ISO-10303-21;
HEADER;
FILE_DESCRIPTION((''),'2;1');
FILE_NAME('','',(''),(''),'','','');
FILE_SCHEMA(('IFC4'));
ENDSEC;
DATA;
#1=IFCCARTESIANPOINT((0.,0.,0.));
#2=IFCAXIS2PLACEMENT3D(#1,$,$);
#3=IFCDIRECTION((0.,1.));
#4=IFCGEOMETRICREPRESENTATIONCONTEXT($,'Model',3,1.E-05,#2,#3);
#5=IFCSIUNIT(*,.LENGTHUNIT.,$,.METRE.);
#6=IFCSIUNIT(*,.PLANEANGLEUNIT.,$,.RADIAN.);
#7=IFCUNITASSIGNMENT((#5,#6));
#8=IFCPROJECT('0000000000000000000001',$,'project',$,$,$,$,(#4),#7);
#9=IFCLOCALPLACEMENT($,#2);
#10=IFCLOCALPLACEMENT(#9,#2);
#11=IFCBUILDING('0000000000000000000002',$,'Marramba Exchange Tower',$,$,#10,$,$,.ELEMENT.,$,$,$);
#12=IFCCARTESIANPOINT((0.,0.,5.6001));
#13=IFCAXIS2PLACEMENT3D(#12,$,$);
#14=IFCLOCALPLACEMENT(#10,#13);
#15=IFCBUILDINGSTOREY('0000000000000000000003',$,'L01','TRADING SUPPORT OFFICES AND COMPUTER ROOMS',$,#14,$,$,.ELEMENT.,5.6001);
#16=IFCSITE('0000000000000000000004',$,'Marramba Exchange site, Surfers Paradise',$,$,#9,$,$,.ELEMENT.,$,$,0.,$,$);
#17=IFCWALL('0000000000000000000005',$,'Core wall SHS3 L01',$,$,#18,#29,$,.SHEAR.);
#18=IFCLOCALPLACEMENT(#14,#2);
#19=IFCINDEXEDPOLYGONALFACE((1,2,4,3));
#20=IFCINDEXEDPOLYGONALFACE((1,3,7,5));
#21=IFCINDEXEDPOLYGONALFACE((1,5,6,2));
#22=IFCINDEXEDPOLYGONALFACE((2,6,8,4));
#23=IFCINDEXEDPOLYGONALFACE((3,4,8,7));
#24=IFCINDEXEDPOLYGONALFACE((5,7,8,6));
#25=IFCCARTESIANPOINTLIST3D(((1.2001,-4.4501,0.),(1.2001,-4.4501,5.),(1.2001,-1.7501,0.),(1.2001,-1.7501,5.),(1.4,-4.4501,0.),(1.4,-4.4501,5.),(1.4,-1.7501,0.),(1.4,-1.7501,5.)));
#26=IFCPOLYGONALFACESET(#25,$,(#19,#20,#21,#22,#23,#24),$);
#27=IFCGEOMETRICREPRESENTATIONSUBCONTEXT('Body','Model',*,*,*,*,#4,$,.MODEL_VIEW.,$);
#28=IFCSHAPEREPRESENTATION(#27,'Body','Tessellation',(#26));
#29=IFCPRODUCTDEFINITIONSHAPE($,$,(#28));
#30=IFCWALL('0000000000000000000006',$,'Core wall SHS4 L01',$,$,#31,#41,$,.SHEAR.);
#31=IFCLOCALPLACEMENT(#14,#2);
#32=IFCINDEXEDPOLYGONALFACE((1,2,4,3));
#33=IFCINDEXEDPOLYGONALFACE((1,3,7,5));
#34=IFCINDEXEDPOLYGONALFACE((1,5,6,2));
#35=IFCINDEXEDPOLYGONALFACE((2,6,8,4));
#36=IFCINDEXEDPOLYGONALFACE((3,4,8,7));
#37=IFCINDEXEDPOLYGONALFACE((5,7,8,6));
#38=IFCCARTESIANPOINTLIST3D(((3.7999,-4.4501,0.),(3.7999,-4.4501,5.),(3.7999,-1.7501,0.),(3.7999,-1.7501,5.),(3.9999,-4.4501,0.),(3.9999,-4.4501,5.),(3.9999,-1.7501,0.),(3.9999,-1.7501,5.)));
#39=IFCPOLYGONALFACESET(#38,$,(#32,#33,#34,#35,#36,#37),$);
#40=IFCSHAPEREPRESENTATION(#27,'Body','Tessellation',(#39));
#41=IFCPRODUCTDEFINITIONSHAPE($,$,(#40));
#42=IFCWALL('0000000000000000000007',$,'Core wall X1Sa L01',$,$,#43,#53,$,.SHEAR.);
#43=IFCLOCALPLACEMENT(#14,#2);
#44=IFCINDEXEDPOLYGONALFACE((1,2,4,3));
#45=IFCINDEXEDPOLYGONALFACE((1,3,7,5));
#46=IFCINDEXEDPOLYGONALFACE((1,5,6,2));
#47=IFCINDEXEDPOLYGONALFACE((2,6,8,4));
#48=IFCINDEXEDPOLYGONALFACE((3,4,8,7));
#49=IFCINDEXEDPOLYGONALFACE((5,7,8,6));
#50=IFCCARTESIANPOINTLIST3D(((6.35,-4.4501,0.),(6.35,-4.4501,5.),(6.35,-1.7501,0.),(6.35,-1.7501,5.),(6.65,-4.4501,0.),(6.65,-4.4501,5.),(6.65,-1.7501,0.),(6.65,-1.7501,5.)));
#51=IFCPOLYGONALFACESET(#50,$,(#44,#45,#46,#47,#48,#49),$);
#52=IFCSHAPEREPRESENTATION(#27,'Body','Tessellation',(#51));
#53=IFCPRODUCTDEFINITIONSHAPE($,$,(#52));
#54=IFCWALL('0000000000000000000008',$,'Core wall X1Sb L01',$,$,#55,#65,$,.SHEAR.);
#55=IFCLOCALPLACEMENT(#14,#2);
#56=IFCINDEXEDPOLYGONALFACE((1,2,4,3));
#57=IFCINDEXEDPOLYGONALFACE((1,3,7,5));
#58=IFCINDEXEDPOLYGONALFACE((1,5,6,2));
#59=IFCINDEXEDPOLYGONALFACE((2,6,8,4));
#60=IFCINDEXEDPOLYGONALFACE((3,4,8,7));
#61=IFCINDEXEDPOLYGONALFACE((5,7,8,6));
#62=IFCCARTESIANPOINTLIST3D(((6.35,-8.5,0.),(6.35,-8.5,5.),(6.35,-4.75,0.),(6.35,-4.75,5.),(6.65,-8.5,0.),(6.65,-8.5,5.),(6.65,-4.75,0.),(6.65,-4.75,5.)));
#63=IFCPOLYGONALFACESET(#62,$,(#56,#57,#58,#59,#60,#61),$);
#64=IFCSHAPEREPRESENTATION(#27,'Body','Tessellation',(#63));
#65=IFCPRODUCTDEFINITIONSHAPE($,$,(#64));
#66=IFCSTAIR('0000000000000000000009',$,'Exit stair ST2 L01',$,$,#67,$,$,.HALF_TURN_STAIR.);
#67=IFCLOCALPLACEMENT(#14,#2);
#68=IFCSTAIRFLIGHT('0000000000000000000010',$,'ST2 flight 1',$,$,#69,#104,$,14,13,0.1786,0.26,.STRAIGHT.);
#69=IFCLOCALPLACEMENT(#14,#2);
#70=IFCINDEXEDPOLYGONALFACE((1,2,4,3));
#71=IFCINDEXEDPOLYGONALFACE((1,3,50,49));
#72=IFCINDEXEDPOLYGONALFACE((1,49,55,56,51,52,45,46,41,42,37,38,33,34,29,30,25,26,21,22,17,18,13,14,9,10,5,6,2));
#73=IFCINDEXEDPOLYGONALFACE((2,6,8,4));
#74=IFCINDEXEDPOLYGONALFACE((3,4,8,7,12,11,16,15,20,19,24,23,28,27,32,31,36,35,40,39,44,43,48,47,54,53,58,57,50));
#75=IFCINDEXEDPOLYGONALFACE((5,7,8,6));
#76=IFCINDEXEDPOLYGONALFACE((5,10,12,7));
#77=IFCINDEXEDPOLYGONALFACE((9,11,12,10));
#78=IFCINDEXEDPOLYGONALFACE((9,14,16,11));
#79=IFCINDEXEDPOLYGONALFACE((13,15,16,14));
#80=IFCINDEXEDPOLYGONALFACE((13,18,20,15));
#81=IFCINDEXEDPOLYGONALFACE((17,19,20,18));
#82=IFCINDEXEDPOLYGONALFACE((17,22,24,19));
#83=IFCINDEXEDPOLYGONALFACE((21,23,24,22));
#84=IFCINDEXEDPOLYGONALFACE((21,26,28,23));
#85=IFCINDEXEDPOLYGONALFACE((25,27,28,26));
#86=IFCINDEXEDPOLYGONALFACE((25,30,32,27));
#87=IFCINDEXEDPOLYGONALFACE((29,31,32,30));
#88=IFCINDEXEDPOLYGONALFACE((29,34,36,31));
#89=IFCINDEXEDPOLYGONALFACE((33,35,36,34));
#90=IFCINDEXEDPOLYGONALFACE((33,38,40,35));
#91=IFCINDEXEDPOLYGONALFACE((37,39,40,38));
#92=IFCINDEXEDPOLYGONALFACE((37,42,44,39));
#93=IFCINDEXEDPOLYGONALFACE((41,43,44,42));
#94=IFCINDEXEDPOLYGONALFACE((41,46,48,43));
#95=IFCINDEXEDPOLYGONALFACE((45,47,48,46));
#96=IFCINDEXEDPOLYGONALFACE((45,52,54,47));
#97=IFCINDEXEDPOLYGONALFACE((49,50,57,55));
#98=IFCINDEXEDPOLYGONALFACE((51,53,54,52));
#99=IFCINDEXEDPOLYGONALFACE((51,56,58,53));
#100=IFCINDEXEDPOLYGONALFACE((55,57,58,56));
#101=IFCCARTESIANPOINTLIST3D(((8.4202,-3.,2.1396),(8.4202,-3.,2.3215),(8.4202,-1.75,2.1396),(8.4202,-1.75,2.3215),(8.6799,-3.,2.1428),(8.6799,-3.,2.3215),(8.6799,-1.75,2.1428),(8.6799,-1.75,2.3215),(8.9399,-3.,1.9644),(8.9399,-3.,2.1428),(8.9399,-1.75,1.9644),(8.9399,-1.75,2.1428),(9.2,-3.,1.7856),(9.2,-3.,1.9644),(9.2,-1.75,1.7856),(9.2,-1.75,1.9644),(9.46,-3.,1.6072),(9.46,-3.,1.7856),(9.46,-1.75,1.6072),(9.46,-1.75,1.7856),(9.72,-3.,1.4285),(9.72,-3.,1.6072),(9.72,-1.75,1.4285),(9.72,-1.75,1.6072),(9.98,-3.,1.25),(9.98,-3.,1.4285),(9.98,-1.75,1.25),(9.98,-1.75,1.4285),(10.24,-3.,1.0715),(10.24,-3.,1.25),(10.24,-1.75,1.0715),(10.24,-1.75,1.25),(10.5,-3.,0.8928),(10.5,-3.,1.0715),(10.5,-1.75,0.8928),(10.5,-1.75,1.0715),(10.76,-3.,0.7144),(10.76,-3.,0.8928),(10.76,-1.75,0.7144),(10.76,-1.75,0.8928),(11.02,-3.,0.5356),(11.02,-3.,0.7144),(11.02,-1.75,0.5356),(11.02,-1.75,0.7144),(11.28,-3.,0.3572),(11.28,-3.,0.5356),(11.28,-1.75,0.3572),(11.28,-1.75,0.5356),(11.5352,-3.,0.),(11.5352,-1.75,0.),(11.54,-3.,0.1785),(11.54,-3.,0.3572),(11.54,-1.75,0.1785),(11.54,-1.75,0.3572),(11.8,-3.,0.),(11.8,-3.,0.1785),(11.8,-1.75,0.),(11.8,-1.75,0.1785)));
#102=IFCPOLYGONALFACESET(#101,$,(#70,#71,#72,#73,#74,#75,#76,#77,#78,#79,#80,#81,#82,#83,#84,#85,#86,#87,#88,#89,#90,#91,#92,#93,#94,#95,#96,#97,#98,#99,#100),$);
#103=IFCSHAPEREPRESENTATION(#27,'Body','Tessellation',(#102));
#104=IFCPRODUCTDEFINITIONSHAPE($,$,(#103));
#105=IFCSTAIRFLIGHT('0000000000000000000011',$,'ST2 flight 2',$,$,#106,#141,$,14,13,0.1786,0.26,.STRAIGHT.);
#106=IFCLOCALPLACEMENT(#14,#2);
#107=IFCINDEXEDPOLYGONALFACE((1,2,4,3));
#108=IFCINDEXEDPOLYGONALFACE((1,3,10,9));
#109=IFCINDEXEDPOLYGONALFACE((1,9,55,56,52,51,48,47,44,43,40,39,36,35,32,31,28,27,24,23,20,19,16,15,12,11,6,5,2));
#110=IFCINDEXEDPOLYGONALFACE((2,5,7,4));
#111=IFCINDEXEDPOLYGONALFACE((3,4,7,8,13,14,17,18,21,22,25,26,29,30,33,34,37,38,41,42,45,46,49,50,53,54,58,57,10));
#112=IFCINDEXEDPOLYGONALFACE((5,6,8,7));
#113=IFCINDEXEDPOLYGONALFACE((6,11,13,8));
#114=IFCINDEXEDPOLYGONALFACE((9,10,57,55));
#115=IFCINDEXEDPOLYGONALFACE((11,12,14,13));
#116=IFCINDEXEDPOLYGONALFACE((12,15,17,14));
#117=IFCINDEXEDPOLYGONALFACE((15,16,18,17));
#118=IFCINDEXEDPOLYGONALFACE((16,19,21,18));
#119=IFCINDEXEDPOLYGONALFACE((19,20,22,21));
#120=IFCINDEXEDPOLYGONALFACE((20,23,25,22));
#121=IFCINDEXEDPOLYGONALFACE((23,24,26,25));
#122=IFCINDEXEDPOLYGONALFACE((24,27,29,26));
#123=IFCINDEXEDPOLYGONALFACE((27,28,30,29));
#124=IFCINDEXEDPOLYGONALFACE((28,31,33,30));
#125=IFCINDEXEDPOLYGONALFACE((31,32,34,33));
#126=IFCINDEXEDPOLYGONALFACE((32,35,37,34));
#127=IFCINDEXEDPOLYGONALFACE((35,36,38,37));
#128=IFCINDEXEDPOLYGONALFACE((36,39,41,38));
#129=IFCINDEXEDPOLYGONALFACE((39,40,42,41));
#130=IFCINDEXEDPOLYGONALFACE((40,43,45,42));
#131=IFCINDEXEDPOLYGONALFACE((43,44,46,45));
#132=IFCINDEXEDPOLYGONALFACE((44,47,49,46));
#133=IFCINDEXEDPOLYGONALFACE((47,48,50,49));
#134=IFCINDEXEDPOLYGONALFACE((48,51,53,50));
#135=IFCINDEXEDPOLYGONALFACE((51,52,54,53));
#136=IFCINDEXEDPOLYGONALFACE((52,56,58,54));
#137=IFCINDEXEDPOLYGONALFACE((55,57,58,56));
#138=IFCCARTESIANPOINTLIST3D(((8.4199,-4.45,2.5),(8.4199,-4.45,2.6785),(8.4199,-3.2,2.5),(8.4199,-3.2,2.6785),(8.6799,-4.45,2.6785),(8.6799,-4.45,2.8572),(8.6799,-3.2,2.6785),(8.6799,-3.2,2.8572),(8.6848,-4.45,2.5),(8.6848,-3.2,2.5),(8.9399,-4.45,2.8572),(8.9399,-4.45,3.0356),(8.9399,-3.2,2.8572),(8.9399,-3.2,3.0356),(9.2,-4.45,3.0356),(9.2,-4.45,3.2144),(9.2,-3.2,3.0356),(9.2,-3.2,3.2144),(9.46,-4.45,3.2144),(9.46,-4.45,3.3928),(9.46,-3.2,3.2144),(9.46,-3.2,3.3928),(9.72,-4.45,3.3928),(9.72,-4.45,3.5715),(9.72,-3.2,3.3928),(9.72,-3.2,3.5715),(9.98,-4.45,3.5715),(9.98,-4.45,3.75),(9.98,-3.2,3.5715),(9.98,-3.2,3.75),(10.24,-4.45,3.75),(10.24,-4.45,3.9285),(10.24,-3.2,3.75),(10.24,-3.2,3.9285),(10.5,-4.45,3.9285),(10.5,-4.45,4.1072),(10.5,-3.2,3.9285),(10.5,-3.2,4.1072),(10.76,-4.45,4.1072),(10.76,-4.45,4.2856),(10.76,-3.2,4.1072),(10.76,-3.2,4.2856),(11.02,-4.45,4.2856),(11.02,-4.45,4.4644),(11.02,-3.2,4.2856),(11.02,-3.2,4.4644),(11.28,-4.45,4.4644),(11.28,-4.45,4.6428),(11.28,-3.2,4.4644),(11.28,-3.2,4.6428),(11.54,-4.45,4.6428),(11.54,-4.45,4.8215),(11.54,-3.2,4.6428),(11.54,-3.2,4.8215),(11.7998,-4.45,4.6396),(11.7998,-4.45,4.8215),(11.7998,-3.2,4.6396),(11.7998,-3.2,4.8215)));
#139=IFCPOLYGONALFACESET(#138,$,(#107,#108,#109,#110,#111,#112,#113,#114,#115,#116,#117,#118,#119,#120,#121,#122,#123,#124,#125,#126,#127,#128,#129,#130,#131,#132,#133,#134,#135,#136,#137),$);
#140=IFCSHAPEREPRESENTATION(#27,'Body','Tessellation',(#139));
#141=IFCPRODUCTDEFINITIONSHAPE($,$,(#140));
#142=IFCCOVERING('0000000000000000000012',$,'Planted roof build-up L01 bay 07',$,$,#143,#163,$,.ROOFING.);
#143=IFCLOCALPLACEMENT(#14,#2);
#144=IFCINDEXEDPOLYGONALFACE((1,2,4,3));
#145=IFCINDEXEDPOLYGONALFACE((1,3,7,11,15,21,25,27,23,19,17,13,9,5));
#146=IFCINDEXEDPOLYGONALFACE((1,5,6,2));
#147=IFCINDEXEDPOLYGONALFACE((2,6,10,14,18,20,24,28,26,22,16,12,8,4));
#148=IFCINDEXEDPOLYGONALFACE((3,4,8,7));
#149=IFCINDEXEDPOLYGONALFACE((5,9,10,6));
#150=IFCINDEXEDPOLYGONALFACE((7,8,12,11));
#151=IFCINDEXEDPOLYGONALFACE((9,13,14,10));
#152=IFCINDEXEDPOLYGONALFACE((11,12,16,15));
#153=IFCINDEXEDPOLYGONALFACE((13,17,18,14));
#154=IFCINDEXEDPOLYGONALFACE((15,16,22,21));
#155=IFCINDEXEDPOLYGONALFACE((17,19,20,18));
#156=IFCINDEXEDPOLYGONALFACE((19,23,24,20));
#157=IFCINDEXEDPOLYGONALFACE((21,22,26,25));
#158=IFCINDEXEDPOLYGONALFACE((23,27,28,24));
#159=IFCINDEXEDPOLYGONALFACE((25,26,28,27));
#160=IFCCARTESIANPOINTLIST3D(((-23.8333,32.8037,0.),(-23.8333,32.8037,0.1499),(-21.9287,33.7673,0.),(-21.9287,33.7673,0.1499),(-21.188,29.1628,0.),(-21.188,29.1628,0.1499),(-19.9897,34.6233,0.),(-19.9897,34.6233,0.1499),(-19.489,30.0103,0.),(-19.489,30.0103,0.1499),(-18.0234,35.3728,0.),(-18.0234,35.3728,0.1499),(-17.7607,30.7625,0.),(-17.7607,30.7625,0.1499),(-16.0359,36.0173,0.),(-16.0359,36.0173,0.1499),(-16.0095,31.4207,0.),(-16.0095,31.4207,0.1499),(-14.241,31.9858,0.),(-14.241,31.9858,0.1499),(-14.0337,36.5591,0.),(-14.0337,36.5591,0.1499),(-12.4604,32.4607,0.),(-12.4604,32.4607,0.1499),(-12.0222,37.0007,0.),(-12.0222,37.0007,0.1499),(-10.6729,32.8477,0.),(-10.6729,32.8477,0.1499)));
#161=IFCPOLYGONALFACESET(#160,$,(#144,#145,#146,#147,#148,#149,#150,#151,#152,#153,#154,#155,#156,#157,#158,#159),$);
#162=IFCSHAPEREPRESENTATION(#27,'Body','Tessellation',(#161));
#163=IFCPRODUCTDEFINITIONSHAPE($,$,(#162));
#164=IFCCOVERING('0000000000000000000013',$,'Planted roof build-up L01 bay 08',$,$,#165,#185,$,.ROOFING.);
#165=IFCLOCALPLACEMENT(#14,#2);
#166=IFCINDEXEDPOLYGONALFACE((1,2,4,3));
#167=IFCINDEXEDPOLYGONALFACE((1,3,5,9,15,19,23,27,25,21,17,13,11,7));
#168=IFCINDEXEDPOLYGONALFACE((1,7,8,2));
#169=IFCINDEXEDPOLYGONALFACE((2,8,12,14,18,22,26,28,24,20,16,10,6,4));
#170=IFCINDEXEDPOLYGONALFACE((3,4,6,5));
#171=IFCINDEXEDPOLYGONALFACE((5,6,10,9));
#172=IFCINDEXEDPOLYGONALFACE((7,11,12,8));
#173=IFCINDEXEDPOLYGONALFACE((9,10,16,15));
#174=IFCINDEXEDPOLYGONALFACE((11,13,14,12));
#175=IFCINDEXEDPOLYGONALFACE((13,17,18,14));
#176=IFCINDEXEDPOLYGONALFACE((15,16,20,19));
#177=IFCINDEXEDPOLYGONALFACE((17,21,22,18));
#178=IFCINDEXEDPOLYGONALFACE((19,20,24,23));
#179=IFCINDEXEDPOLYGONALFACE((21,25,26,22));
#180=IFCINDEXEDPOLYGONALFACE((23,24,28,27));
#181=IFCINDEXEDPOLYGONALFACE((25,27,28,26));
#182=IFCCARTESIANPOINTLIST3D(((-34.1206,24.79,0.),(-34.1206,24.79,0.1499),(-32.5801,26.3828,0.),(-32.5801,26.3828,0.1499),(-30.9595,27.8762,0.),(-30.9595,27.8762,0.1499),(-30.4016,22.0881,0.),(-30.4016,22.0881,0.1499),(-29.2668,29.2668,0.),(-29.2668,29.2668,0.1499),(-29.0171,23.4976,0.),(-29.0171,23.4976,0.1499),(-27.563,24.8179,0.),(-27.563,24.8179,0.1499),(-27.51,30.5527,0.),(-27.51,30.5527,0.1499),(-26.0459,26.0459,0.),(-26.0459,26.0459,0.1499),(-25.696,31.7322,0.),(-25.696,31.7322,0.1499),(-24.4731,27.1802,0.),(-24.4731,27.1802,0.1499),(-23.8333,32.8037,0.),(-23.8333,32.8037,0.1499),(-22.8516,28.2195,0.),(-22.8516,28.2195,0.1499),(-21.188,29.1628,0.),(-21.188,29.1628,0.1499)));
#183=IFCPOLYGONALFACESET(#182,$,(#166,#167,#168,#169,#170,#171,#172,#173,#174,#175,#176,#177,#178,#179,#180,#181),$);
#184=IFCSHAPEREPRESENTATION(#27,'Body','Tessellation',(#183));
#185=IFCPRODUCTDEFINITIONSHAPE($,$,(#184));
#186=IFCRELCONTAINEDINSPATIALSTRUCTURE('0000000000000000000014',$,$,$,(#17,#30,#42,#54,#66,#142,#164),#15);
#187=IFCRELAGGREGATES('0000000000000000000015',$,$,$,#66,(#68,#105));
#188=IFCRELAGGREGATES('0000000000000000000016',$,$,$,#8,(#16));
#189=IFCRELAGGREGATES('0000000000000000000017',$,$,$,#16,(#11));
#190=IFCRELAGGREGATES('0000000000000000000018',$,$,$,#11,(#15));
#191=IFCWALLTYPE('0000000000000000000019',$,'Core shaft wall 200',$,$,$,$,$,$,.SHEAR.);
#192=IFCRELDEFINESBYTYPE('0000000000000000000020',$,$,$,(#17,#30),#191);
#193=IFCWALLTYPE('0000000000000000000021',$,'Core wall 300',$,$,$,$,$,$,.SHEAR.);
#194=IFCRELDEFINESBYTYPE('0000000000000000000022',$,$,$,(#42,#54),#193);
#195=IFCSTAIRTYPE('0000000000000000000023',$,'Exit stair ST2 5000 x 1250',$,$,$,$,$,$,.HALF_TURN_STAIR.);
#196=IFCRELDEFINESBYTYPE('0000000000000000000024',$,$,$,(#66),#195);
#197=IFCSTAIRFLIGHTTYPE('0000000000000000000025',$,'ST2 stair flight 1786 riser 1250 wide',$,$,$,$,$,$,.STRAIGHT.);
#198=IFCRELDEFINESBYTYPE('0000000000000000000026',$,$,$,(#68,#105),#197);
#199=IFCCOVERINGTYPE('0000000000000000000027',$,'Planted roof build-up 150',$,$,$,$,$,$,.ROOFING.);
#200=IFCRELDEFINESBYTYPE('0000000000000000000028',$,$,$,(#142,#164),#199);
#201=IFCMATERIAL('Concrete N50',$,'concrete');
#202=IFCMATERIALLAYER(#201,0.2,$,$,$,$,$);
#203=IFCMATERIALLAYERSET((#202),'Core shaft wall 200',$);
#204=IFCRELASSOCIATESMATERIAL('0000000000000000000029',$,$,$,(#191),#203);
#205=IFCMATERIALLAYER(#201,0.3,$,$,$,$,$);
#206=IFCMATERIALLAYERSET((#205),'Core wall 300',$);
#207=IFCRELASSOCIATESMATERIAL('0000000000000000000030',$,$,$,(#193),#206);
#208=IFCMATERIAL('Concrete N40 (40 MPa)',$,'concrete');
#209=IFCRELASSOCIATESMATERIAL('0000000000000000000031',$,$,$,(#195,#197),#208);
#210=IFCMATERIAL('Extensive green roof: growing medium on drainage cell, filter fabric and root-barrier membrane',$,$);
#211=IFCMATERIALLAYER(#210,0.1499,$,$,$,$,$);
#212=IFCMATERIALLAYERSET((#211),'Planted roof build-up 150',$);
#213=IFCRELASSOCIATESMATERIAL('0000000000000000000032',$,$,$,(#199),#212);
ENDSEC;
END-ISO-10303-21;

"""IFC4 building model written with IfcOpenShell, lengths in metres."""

from ifc_helpers import new_model, si_unit, direction, frame, frame_2d, origin, place, context, subcontext, project, spatial, polyline, rectangle, outline, extrude, material, layer, layer_set, type_object, element, aggregate, save


model = new_model("IFC4")

# Units and contexts
model_context = context("Model", 3, precision=1e-05, world=origin(), true_north=direction((0.0, 1.0)))
body_context = subcontext(model_context, "Body", "Model", "MODEL_VIEW")
ifc_project = project(units=[si_unit("LENGTHUNIT", "METRE"), si_unit("PLANEANGLEUNIT", "RADIAN")], contexts=[model_context])

# Site, building, storey
site_placement = place(None, origin())
site = spatial("IfcSite", under=ifc_project, at=site_placement, Name="Marramba Exchange site, Surfers Paradise", CompositionType="ELEMENT", RefElevation=0.0)
building_placement = place(site_placement, origin())
building = spatial("IfcBuilding", under=site, at=building_placement, Name="Marramba Exchange Tower", CompositionType="ELEMENT")
storey_placement = place(building_placement, frame((0.0, 0.0, 5.6001)))
storey = spatial("IfcBuildingStorey", under=building, at=storey_placement, Name="L01", Description="TRADING SUPPORT OFFICES AND COMPUTER ROOMS", CompositionType="ELEMENT", Elevation=5.6001)

# Walls
ifc_material_1 = material(Name="Concrete N50", Category="concrete")
ifc_layer_1 = layer(ifc_material_1, 0.2)
ifc_layer_set_1 = layer_set([ifc_layer_1], Name="Core shaft wall 200")
wall_type_1 = type_object("IfcWallType", Name="Core shaft wall 200", PredefinedType="SHEAR", material=ifc_layer_set_1)
for number, where, z_axis, x_axis, name in (
    (1, (1.3, -1.75, 0.0), (0.0, 0.0, 1.0), (0.0, -1.0, 0.0), "Core wall SHS3 L01"),
    (2, (3.8999, -1.75, 0.0), (0.0, 0.0, 1.0), (0.0, -1.0, 0.0), "Core wall SHS4 L01"),
):
    element("IfcWall", number, at=place(storey_placement, frame(where, z_axis=z_axis, x_axis=x_axis)), inside=storey, type_object=wall_type_1, Name=name, PredefinedType="SHEAR", context=body_context, shape_type="SweptSolid", body=[
        extrude(rectangle(XDim=2.7, YDim=0.2, at=frame_2d((1.3501, 0.0))), origin(), (0.0, 0.0, 1.0), 5.0),
    ])
ifc_layer_2 = layer(ifc_material_1, 0.3)
ifc_layer_set_2 = layer_set([ifc_layer_2], Name="Core wall 300")
wall_type_2 = type_object("IfcWallType", Name="Core wall 300", PredefinedType="SHEAR", material=ifc_layer_set_2)
wall_1_placement = place(storey_placement, frame((6.5, -1.75, 0.0), z_axis=(0.0, 0.0, 1.0), x_axis=(0.0, -1.0, 0.0)))
element("IfcWall", 3, at=wall_1_placement, inside=storey, type_object=wall_type_2, Name="Core wall X1Sa L01", PredefinedType="SHEAR", context=body_context, shape_type="SweptSolid", body=[
    extrude(rectangle(XDim=2.7, YDim=0.3, at=frame_2d((1.3501, 0.0))), origin(), (0.0, 0.0, 1.0), 5.0),
])
wall_2_placement = place(storey_placement, frame((6.5, -4.75, 0.0), z_axis=(0.0, 0.0, 1.0), x_axis=(0.0, -1.0, 0.0)))
element("IfcWall", 4, at=wall_2_placement, inside=storey, type_object=wall_type_2, Name="Core wall X1Sb L01", PredefinedType="SHEAR", context=body_context, shape_type="SweptSolid", body=[
    extrude(rectangle(XDim=3.75, YDim=0.3, at=frame_2d((1.875, 0.0))), origin(), (0.0, 0.0, 1.0), 5.0),
])

# Stair, stair flights
ifc_material_2 = material(Name="Concrete N40 (40 MPa)", Category="concrete")
stair_type = type_object("IfcStairType", Name="Exit stair ST2 5000 x 1250", PredefinedType="HALF_TURN_STAIR", material=ifc_material_2)
stair_placement = place(storey_placement, origin())
stair = element("IfcStair", 5, at=stair_placement, inside=storey, type_object=stair_type, Name="Exit stair ST2 L01", PredefinedType="HALF_TURN_STAIR")
stair_flight_type = type_object("IfcStairFlightType", Name="ST2 stair flight 1786 riser 1250 wide", PredefinedType="STRAIGHT", material=ifc_material_2)
stair_flight_1_placement = place(storey_placement, frame((11.8, -2.375, 0.0), z_axis=(0.0, 0.0, 1.0), x_axis=(-1.0, 0.0, 0.0)))
stair_flight_1 = element("IfcStairFlight", 6, at=stair_flight_1_placement, type_object=stair_flight_type, Name="ST2 flight 1", NumberOfRisers=14, NumberOfTreads=13, PredefinedType="STRAIGHT", RiserHeight=0.1786, TreadLength=0.26, context=body_context, shape_type="SweptSolid", body=[
    extrude(outline(polyline([(0.0, 0.0), (0.0, 0.1785), (0.26, 0.1785), (0.26, 0.3572), (0.52, 0.3572), (0.52, 0.5356), (0.78, 0.5356), (0.78, 0.7144), (1.04, 0.7144), (1.04, 0.8928), (1.3, 0.8928), (1.3, 1.0715), (1.5601, 1.0715), (1.5601, 1.25), (1.8201, 1.25), (1.8201, 1.4285), (2.0801, 1.4285), (2.0801, 1.6072), (2.3401, 1.6072), (2.3401, 1.7856), (2.6001, 1.7856), (2.6001, 1.9644), (2.8601, 1.9644), (2.8601, 2.1428), (3.1201, 2.1428), (3.1201, 2.3215), (3.3799, 2.3215), (3.3799, 2.5), (3.3799, 2.1396), (0.2649, 0.0), (0.0, 0.0)])), frame((0.0, 0.625, 0.0), z_axis=(0.0, -1.0, 0.0), x_axis=(1.0, 0.0, 0.0)), (0.0, 0.0, 1.0), 1.25),
])
stair_flight_2_placement = place(storey_placement, frame((8.4199, -3.825, 2.5), z_axis=(0.0, 0.0, 1.0), x_axis=(1.0, 0.0, 0.0)))
stair_flight_2 = element("IfcStairFlight", 7, at=stair_flight_2_placement, type_object=stair_flight_type, Name="ST2 flight 2", NumberOfRisers=14, NumberOfTreads=13, PredefinedType="STRAIGHT", RiserHeight=0.1786, TreadLength=0.26, context=body_context, shape_type="SweptSolid", body=[
    extrude(outline(polyline([(0.0, 0.0), (0.0, 0.1785), (0.26, 0.1785), (0.26, 0.3572), (0.52, 0.3572), (0.52, 0.5356), (0.78, 0.5356), (0.78, 0.7144), (1.04, 0.7144), (1.04, 0.8928), (1.3, 0.8928), (1.3, 1.0715), (1.5601, 1.0715), (1.5601, 1.25), (1.8201, 1.25), (1.8201, 1.4285), (2.0801, 1.4285), (2.0801, 1.6072), (2.3401, 1.6072), (2.3401, 1.7856), (2.6001, 1.7856), (2.6001, 1.9644), (2.8601, 1.9644), (2.8601, 2.1428), (3.1201, 2.1428), (3.1201, 2.3215), (3.3799, 2.3215), (3.3799, 2.5), (3.3799, 2.1396), (0.2649, 0.0), (0.0, 0.0)])), frame((0.0, 0.625, 0.0), z_axis=(0.0, -1.0, 0.0), x_axis=(1.0, 0.0, 0.0)), (0.0, 0.0, 1.0), 1.25),
])
aggregate(stair, [stair_flight_1, stair_flight_2])

# Coverings
ifc_material_3 = material(Name="Extensive green roof: growing medium on drainage cell, filter fabric and root-barrier membrane")
ifc_layer_3 = layer(ifc_material_3, 0.1499)
ifc_layer_set_3 = layer_set([ifc_layer_3], Name="Planted roof build-up 150")
covering_type = type_object("IfcCoveringType", Name="Planted roof build-up 150", PredefinedType="ROOFING", material=ifc_layer_set_3)
covering_1_placement = place(storey_placement, origin())
element("IfcCovering", 8, at=covering_1_placement, inside=storey, type_object=covering_type, Name="Planted roof build-up L01 bay 07", PredefinedType="ROOFING", context=body_context, shape_type="SweptSolid", body=[
    extrude(outline(polyline([(-10.6729, 32.8477), (-12.4604, 32.4607), (-14.241, 31.9858), (-16.0095, 31.4207), (-17.7607, 30.7625), (-19.489, 30.0103), (-21.188, 29.1628), (-23.8333, 32.8037), (-21.9287, 33.7673), (-19.9897, 34.6233), (-18.0234, 35.3728), (-16.0359, 36.0173), (-14.0337, 36.5591), (-12.0222, 37.0007), (-12.0222, 37.0007), (-10.6729, 32.8477)])), origin(), (0.0, 0.0, 1.0), 0.1499),
])
covering_2_placement = place(storey_placement, origin())
element("IfcCovering", 9, at=covering_2_placement, inside=storey, type_object=covering_type, Name="Planted roof build-up L01 bay 08", PredefinedType="ROOFING", context=body_context, shape_type="SweptSolid", body=[
    extrude(outline(polyline([(-21.188, 29.1628), (-22.8516, 28.2195), (-24.4731, 27.1802), (-26.0459, 26.0459), (-27.563, 24.8179), (-29.0171, 23.4976), (-30.4016, 22.0881), (-34.1206, 24.79), (-32.5801, 26.3828), (-30.9595, 27.8762), (-29.2668, 29.2668), (-27.51, 30.5527), (-25.696, 31.7322), (-23.8333, 32.8037), (-23.8333, 32.8037), (-21.188, 29.1628)])), origin(), (0.0, 0.0, 1.0), 0.1499),
])

save(model, "model.ifc")
